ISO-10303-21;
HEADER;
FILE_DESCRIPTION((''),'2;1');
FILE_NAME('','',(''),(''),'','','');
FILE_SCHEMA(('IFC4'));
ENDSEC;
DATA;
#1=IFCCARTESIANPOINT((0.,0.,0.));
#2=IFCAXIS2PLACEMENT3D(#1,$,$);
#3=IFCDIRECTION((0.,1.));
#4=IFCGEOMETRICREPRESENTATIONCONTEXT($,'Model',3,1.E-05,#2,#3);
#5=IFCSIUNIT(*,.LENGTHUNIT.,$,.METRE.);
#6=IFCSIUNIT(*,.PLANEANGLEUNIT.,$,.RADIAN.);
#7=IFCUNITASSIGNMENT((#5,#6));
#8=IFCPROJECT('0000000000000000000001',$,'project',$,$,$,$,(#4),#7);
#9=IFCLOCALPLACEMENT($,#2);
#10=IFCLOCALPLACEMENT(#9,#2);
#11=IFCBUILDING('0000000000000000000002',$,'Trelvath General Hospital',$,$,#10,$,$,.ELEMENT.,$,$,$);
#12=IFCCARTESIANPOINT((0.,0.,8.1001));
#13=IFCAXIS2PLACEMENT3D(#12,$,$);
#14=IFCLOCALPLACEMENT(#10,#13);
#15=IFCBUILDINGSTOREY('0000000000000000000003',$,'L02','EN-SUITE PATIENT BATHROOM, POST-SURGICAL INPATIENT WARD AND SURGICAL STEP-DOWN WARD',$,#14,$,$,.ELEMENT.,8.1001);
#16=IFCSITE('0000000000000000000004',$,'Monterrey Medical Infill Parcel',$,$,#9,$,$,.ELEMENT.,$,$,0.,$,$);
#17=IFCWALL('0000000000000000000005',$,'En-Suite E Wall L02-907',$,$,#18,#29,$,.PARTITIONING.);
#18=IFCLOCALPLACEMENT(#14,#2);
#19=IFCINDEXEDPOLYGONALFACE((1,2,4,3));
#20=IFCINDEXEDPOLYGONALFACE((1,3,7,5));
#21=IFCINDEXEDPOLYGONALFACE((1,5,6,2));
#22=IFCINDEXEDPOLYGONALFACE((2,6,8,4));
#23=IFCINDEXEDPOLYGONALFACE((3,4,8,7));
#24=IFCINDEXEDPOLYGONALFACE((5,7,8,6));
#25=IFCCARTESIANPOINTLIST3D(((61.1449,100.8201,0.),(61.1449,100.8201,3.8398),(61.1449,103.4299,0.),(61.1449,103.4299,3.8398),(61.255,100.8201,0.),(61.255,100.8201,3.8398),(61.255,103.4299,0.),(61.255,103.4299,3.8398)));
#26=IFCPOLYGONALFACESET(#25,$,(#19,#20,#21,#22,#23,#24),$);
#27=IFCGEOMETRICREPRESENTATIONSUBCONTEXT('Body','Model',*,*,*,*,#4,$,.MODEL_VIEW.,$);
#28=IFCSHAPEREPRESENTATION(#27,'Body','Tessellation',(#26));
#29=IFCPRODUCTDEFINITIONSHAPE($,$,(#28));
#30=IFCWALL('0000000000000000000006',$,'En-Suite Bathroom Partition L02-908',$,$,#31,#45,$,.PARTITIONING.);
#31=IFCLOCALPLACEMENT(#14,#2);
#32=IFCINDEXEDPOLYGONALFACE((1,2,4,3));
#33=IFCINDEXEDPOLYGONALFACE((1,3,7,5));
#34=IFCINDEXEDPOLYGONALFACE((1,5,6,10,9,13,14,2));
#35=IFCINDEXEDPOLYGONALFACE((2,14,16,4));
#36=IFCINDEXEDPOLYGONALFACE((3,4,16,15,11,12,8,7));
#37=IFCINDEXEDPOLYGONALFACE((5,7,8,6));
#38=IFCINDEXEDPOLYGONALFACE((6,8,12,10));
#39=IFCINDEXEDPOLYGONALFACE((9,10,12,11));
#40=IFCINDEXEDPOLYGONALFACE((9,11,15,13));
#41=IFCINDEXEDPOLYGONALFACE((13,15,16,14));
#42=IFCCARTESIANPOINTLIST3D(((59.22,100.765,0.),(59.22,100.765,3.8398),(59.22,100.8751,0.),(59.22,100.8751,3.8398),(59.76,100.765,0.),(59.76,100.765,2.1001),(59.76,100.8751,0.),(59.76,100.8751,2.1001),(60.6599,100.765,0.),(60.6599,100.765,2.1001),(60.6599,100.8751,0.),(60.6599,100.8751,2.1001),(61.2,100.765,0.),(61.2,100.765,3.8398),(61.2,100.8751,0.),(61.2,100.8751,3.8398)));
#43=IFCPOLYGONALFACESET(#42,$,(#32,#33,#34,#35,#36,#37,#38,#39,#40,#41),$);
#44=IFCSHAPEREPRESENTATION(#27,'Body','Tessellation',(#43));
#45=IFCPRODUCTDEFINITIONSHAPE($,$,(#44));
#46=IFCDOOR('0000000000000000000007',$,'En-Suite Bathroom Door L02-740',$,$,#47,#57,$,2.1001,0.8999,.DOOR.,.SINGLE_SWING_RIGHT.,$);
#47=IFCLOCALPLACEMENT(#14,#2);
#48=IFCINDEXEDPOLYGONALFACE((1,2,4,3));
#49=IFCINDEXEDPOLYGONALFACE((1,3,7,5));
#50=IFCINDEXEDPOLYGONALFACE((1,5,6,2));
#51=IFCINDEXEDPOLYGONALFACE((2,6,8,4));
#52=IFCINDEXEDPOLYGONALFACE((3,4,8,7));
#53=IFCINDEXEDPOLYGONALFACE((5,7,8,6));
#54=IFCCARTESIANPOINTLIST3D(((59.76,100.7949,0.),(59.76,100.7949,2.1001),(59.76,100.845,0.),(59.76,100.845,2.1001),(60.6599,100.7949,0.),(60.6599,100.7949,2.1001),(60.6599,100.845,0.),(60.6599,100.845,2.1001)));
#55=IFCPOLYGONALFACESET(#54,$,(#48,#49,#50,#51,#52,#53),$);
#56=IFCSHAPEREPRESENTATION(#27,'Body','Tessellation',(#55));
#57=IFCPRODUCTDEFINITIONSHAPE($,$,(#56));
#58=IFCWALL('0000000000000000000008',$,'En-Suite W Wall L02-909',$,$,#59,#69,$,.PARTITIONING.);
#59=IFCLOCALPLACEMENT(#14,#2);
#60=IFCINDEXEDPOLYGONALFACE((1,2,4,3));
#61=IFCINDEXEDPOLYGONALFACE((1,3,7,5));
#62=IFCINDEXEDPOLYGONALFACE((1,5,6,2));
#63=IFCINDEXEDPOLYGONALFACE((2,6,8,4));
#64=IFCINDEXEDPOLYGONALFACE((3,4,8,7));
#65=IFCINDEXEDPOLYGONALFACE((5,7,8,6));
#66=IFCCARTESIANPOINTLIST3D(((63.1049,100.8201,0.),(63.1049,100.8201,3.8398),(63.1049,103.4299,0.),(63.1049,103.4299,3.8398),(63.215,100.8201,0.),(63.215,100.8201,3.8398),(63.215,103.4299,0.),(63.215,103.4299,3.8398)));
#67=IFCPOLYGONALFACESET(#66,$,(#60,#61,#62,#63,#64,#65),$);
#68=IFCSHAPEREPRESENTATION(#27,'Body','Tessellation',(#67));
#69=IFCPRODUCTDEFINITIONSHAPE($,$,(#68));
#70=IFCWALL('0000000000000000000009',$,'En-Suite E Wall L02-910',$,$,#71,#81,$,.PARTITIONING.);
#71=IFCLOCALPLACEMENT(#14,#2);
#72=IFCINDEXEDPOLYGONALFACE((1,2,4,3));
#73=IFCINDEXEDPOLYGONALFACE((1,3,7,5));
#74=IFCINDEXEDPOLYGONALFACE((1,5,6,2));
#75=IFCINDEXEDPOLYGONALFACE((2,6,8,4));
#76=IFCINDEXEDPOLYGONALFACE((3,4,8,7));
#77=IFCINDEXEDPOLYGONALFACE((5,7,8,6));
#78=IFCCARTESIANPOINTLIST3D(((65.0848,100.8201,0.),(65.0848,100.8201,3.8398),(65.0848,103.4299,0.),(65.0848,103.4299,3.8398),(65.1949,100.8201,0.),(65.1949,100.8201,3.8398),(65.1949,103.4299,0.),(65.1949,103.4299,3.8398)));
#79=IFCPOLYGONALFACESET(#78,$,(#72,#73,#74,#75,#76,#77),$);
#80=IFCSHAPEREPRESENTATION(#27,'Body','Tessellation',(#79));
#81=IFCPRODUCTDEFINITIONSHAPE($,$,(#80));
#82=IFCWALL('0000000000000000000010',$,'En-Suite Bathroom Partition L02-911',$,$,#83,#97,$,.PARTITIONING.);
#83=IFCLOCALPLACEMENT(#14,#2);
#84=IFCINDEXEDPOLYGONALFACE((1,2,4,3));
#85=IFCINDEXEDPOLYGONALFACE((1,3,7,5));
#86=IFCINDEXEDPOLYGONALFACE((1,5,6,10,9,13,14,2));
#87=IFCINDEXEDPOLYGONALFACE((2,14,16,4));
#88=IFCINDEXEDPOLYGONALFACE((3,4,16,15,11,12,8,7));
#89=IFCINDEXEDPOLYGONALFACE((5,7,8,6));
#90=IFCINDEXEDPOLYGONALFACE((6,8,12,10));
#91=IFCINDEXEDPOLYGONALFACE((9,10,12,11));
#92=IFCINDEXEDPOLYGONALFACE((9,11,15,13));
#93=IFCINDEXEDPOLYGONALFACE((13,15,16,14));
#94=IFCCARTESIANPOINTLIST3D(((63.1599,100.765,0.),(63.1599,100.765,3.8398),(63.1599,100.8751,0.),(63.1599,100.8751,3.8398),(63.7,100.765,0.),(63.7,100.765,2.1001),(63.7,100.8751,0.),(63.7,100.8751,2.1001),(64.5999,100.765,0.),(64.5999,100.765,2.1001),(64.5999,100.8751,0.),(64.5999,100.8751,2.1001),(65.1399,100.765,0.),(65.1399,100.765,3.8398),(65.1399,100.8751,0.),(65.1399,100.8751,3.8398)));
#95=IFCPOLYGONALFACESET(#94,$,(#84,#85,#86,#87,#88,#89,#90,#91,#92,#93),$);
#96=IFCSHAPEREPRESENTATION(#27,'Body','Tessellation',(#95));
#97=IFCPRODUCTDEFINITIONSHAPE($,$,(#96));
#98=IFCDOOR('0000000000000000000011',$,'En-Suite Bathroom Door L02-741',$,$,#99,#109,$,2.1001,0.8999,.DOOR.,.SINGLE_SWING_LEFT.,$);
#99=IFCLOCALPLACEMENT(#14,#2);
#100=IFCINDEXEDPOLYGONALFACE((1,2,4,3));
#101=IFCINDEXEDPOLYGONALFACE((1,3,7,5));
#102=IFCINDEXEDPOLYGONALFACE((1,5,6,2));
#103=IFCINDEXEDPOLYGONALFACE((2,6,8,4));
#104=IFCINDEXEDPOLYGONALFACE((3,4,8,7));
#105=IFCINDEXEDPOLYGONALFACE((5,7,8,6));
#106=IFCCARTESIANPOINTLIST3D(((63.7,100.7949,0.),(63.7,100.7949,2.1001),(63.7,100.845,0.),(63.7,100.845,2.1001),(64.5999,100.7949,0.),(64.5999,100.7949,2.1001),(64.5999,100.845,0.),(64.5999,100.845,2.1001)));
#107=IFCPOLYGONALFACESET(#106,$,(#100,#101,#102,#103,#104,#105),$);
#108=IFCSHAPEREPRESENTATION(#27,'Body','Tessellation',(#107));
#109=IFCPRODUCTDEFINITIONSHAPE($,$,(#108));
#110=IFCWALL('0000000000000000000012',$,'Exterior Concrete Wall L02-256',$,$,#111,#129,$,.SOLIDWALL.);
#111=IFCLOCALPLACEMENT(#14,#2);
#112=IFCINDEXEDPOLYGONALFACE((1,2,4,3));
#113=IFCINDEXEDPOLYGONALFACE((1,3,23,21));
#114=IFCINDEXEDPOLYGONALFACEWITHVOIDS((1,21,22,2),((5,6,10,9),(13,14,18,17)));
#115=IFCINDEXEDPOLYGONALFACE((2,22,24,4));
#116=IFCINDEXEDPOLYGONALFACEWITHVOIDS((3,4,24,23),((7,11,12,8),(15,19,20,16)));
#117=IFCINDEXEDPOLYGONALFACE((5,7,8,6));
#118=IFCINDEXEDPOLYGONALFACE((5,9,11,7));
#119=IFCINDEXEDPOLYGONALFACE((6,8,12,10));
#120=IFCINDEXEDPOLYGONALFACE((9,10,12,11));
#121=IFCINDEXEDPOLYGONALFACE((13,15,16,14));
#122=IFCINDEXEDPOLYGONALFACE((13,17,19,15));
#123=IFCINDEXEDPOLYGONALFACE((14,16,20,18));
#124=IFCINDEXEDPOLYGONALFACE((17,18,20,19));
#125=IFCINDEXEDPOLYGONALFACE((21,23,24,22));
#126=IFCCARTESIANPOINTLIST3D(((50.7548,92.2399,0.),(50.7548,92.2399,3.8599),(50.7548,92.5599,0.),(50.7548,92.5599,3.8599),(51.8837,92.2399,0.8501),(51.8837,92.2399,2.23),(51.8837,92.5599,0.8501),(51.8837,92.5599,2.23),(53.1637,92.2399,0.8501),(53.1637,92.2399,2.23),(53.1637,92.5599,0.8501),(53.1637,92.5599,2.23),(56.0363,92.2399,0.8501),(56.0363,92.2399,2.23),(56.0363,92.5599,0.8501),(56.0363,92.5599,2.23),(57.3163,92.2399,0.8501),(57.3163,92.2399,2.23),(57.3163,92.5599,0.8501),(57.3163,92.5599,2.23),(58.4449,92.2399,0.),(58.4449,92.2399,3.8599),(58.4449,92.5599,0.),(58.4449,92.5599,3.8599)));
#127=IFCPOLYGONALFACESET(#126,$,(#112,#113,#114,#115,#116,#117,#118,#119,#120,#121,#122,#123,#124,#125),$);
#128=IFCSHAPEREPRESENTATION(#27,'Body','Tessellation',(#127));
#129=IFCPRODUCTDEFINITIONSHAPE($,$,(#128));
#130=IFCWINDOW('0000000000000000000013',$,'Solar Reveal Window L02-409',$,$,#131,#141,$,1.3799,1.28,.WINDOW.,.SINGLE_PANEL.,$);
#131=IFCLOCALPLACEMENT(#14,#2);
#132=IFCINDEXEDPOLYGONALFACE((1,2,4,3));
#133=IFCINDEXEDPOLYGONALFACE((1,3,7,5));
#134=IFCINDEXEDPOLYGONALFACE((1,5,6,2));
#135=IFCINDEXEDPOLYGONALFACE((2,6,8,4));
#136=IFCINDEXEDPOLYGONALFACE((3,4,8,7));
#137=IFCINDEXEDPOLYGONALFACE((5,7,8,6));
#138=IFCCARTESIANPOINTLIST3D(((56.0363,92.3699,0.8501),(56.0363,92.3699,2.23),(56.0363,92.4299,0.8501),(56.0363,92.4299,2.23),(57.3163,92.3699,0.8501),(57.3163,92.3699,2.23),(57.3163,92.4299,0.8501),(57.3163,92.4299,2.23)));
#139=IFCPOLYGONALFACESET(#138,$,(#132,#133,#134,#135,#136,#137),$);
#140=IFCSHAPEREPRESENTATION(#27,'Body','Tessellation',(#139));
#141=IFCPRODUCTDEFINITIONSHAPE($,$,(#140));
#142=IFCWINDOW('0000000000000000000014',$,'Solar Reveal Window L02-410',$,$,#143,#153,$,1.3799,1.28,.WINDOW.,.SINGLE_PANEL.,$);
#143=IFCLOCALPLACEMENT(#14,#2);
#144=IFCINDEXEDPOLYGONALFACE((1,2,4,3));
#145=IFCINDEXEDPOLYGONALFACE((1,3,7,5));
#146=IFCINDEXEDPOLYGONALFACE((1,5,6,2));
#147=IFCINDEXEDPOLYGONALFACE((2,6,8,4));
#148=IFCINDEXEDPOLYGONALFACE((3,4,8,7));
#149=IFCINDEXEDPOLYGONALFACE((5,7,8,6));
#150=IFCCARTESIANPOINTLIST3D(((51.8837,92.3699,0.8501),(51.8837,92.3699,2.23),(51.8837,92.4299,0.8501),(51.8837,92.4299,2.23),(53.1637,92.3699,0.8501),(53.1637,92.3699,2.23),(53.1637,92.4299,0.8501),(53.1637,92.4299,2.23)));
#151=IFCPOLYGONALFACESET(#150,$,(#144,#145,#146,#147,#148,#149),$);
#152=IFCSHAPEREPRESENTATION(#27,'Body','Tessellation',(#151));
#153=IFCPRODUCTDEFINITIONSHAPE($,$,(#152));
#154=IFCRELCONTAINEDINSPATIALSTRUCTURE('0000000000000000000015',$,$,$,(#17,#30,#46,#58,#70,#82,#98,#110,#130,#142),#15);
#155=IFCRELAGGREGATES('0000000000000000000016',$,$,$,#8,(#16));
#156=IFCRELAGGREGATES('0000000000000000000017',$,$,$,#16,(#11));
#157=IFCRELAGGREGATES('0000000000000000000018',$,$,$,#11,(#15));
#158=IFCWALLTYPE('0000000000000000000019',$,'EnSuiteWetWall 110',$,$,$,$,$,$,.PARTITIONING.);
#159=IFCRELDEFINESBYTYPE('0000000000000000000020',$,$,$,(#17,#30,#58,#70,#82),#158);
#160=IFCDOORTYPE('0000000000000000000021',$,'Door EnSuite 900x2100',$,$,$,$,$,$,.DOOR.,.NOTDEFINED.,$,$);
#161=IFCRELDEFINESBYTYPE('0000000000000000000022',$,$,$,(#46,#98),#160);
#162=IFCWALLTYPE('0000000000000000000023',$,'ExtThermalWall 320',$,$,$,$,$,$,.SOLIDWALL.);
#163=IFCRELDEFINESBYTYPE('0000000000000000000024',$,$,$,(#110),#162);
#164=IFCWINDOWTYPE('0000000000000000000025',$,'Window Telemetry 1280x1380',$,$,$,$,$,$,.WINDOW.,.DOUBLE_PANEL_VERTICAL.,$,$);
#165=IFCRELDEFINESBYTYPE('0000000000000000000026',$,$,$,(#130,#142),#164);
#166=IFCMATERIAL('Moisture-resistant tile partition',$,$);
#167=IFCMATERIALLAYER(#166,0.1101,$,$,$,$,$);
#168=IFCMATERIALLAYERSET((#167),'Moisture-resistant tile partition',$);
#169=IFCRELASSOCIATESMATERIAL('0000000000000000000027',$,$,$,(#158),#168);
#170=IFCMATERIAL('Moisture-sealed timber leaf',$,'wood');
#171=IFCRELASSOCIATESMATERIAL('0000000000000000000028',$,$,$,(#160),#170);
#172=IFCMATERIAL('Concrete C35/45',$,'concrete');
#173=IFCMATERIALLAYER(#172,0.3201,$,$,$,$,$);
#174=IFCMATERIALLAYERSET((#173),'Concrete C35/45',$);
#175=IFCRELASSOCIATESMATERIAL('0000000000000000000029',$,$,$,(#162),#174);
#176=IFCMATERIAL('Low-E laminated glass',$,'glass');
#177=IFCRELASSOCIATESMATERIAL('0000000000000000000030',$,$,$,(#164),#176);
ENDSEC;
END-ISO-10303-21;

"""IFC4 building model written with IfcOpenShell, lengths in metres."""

from ifc_helpers import new_model, si_unit, direction, frame, frame_2d, origin, place, context, subcontext, project, spatial, rectangle, extrude, material, layer, layer_set, type_object, element, fill, save


model = new_model("IFC4")

# Units and contexts
model_context = context("Model", 3, precision=1e-05, world=origin(), true_north=direction((0.0, 1.0)))
body_context = subcontext(model_context, "Body", "Model", "MODEL_VIEW")
ifc_project = project(units=[si_unit("LENGTHUNIT", "METRE"), si_unit("PLANEANGLEUNIT", "RADIAN")], contexts=[model_context])

# Site, building, storey
site_placement = place(None, origin())
site = spatial("IfcSite", under=ifc_project, at=site_placement, Name="Monterrey Medical Infill Parcel", CompositionType="ELEMENT", RefElevation=0.0)
building_placement = place(site_placement, origin())
building = spatial("IfcBuilding", under=site, at=building_placement, Name="Trelvath General Hospital", CompositionType="ELEMENT")
storey_placement = place(building_placement, frame((0.0, 0.0, 8.1001)))
storey = spatial("IfcBuildingStorey", under=building, at=storey_placement, Name="L02", Description="EN-SUITE PATIENT BATHROOM, POST-SURGICAL INPATIENT WARD AND SURGICAL STEP-DOWN WARD", CompositionType="ELEMENT", Elevation=8.1001)

# Wall
ifc_material_1 = material(Name="Moisture-resistant tile partition")
ifc_layer_1 = layer(ifc_material_1, 0.1101)
ifc_layer_set_1 = layer_set([ifc_layer_1], Name="Moisture-resistant tile partition")
wall_type_1 = type_object("IfcWallType", Name="EnSuiteWetWall 110", PredefinedType="PARTITIONING", material=ifc_layer_set_1)
for number, where, z_axis, x_axis, name in (
    (1, (61.2, 100.8201, 0.0), (0.0, 0.0, 1.0), (0.0, 1.0, 0.0), "En-Suite E Wall L02-907"),
):
    element("IfcWall", number, at=place(storey_placement, frame(where, z_axis=z_axis, x_axis=x_axis)), inside=storey, type_object=wall_type_1, Name=name, PredefinedType="PARTITIONING", context=body_context, shape_type="SweptSolid", body=[
        extrude(rectangle(XDim=2.6099, YDim=0.1101, at=frame_2d((1.3049, 0.0))), origin(), (0.0, 0.0, 1.0), 3.8398),
    ])

# Wall, opening, door
wall_1_placement = place(storey_placement, frame((59.22, 100.8201, 0.0), z_axis=(0.0, 0.0, 1.0), x_axis=(1.0, 0.0, 0.0)))
wall_1 = element("IfcWall", 2, at=wall_1_placement, inside=storey, type_object=wall_type_1, Name="En-Suite Bathroom Partition L02-908", PredefinedType="PARTITIONING", context=body_context, shape_type="SweptSolid", body=[
    extrude(rectangle(XDim=1.98, YDim=0.1101, at=frame_2d((0.99, 0.0))), origin(), (0.0, 0.0, 1.0), 3.8398),
])
opening_1_placement = place(wall_1_placement, frame((0.54, 0.0, 0.0)))
opening_1 = element("IfcOpeningElement", 3, at=opening_1_placement, cuts=wall_1, PredefinedType="OPENING", context=body_context, shape_type="SweptSolid", body=[
    extrude(rectangle(XDim=0.8999, YDim=2.1001, at=frame_2d((0.45, 1.05))), frame((0.0, 0.0649, 0.0), z_axis=(0.0, -1.0, 0.0), x_axis=(1.0, 0.0, 0.0)), (0.0, 0.0, 1.0), 0.1301),
])
ifc_material_2 = material(Name="Moisture-sealed timber leaf", Category="wood")
door_type = type_object("IfcDoorType", Name="Door EnSuite 900x2100", OperationType="NOTDEFINED", PredefinedType="DOOR", material=ifc_material_2)
door_1_placement = place(opening_1_placement, origin())
door_1 = element("IfcDoor", 4, at=door_1_placement, inside=storey, type_object=door_type, Name="En-Suite Bathroom Door L02-740", OperationType="SINGLE_SWING_RIGHT", OverallHeight=2.1001, OverallWidth=0.8999, PredefinedType="DOOR", context=body_context, shape_type="SweptSolid", body=[
    extrude(rectangle(XDim=0.8999, YDim=2.1001, at=frame_2d((0.45, 1.05))), frame((0.0, 0.0249, 0.0), z_axis=(0.0, -1.0, 0.0), x_axis=(1.0, 0.0, 0.0)), (0.0, 0.0, 1.0), 0.05),
])
fill(opening_1, door_1)

# Walls
for number, where, z_axis, x_axis, name in (
    (5, (63.1599, 100.8201, 0.0), (0.0, 0.0, 1.0), (0.0, 1.0, 0.0), "En-Suite W Wall L02-909"),
    (6, (65.1399, 100.8201, 0.0), (0.0, 0.0, 1.0), (0.0, 1.0, 0.0), "En-Suite E Wall L02-910"),
):
    element("IfcWall", number, at=place(storey_placement, frame(where, z_axis=z_axis, x_axis=x_axis)), inside=storey, type_object=wall_type_1, Name=name, PredefinedType="PARTITIONING", context=body_context, shape_type="SweptSolid", body=[
        extrude(rectangle(XDim=2.6099, YDim=0.1101, at=frame_2d((1.3049, 0.0))), origin(), (0.0, 0.0, 1.0), 3.8398),
    ])

# Wall, opening, door
wall_2_placement = place(storey_placement, frame((63.1599, 100.8201, 0.0), z_axis=(0.0, 0.0, 1.0), x_axis=(1.0, 0.0, 0.0)))
wall_2 = element("IfcWall", 7, at=wall_2_placement, inside=storey, type_object=wall_type_1, Name="En-Suite Bathroom Partition L02-911", PredefinedType="PARTITIONING", context=body_context, shape_type="SweptSolid", body=[
    extrude(rectangle(XDim=1.98, YDim=0.1101, at=frame_2d((0.99, 0.0))), origin(), (0.0, 0.0, 1.0), 3.8398),
])
opening_2_placement = place(wall_2_placement, frame((0.54, 0.0, 0.0)))
opening_2 = element("IfcOpeningElement", 8, at=opening_2_placement, cuts=wall_2, PredefinedType="OPENING", context=body_context, shape_type="SweptSolid", body=[
    extrude(rectangle(XDim=0.8999, YDim=2.1001, at=frame_2d((0.45, 1.05))), frame((0.0, 0.0649, 0.0), z_axis=(0.0, -1.0, 0.0), x_axis=(1.0, 0.0, 0.0)), (0.0, 0.0, 1.0), 0.1301),
])
door_2_placement = place(opening_2_placement, origin())
door_2 = element("IfcDoor", 9, at=door_2_placement, inside=storey, type_object=door_type, Name="En-Suite Bathroom Door L02-741", OperationType="SINGLE_SWING_LEFT", OverallHeight=2.1001, OverallWidth=0.8999, PredefinedType="DOOR", context=body_context, shape_type="SweptSolid", body=[
    extrude(rectangle(XDim=0.8999, YDim=2.1001, at=frame_2d((0.45, 1.05))), frame((0.0, 0.0249, 0.0), z_axis=(0.0, -1.0, 0.0), x_axis=(1.0, 0.0, 0.0)), (0.0, 0.0, 1.0), 0.05),
])
fill(opening_2, door_2)

# Wall, openings, windows
ifc_material_3 = material(Name="Concrete C35/45", Category="concrete")
ifc_layer_2 = layer(ifc_material_3, 0.3201)
ifc_layer_set_2 = layer_set([ifc_layer_2], Name="Concrete C35/45")
wall_type_2 = type_object("IfcWallType", Name="ExtThermalWall 320", PredefinedType="SOLIDWALL", material=ifc_layer_set_2)
wall_3_placement = place(storey_placement, frame((58.4451, 92.3999, 0.0), z_axis=(0.0, 0.0, 1.0), x_axis=(-1.0, 0.0, 0.0)))
wall_3 = element("IfcWall", 10, at=wall_3_placement, inside=storey, type_object=wall_type_2, Name="Exterior Concrete Wall L02-256", PredefinedType="SOLIDWALL", context=body_context, shape_type="SweptSolid", body=[
    extrude(rectangle(XDim=7.6902, YDim=0.3201, at=frame_2d((3.8452, 0.0))), origin(), (0.0, 0.0, 1.0), 3.8599),
])
opening_3_placement = place(wall_3_placement, frame((1.1287, 0.0, 0.8501)))
opening_3 = element("IfcOpeningElement", 11, at=opening_3_placement, cuts=wall_3, PredefinedType="OPENING", context=body_context, shape_type="SweptSolid", body=[
    extrude(rectangle(XDim=1.28, YDim=1.3799, at=frame_2d((0.6401, 0.6899))), frame((0.0, 0.1699, 0.0), z_axis=(0.0, -1.0, 0.0), x_axis=(1.0, 0.0, 0.0)), (0.0, 0.0, 1.0), 0.3401),
])
opening_4_placement = place(wall_3_placement, frame((5.2812, 0.0, 0.8501)))
opening_4 = element("IfcOpeningElement", 12, at=opening_4_placement, cuts=wall_3, PredefinedType="OPENING", context=body_context, shape_type="SweptSolid", body=[
    extrude(rectangle(XDim=1.28, YDim=1.3799, at=frame_2d((0.6401, 0.6899))), frame((0.0, 0.1699, 0.0), z_axis=(0.0, -1.0, 0.0), x_axis=(1.0, 0.0, 0.0)), (0.0, 0.0, 1.0), 0.3401),
])
ifc_material_4 = material(Name="Low-E laminated glass", Category="glass")
window_type_1 = type_object("IfcWindowType", Name="Window Telemetry 1280x1380", PartitioningType="DOUBLE_PANEL_VERTICAL", PredefinedType="WINDOW", material=ifc_material_4)
window_1_placement = place(opening_3_placement, origin())
window_1 = element("IfcWindow", 13, at=window_1_placement, inside=storey, type_object=window_type_1, Name="Solar Reveal Window L02-409", OverallHeight=1.3799, OverallWidth=1.28, PartitioningType="SINGLE_PANEL", PredefinedType="WINDOW", context=body_context, shape_type="SweptSolid", body=[
    extrude(rectangle(XDim=1.28, YDim=1.3799, at=frame_2d((0.6401, 0.6899))), frame((0.0, 0.03, 0.0), z_axis=(0.0, -1.0, 0.0), x_axis=(1.0, 0.0, 0.0)), (0.0, 0.0, 1.0), 0.0601),
])
fill(opening_3, window_1)
window_2_placement = place(opening_4_placement, origin())
window_2 = element("IfcWindow", 14, at=window_2_placement, inside=storey, type_object=window_type_1, Name="Solar Reveal Window L02-410", OverallHeight=1.3799, OverallWidth=1.28, PartitioningType="SINGLE_PANEL", PredefinedType="WINDOW", context=body_context, shape_type="SweptSolid", body=[
    extrude(rectangle(XDim=1.28, YDim=1.3799, at=frame_2d((0.6401, 0.6899))), frame((0.0, 0.03, 0.0), z_axis=(0.0, -1.0, 0.0), x_axis=(1.0, 0.0, 0.0)), (0.0, 0.0, 1.0), 0.0601),
])
fill(opening_4, window_2)

save(model, "model.ifc")
